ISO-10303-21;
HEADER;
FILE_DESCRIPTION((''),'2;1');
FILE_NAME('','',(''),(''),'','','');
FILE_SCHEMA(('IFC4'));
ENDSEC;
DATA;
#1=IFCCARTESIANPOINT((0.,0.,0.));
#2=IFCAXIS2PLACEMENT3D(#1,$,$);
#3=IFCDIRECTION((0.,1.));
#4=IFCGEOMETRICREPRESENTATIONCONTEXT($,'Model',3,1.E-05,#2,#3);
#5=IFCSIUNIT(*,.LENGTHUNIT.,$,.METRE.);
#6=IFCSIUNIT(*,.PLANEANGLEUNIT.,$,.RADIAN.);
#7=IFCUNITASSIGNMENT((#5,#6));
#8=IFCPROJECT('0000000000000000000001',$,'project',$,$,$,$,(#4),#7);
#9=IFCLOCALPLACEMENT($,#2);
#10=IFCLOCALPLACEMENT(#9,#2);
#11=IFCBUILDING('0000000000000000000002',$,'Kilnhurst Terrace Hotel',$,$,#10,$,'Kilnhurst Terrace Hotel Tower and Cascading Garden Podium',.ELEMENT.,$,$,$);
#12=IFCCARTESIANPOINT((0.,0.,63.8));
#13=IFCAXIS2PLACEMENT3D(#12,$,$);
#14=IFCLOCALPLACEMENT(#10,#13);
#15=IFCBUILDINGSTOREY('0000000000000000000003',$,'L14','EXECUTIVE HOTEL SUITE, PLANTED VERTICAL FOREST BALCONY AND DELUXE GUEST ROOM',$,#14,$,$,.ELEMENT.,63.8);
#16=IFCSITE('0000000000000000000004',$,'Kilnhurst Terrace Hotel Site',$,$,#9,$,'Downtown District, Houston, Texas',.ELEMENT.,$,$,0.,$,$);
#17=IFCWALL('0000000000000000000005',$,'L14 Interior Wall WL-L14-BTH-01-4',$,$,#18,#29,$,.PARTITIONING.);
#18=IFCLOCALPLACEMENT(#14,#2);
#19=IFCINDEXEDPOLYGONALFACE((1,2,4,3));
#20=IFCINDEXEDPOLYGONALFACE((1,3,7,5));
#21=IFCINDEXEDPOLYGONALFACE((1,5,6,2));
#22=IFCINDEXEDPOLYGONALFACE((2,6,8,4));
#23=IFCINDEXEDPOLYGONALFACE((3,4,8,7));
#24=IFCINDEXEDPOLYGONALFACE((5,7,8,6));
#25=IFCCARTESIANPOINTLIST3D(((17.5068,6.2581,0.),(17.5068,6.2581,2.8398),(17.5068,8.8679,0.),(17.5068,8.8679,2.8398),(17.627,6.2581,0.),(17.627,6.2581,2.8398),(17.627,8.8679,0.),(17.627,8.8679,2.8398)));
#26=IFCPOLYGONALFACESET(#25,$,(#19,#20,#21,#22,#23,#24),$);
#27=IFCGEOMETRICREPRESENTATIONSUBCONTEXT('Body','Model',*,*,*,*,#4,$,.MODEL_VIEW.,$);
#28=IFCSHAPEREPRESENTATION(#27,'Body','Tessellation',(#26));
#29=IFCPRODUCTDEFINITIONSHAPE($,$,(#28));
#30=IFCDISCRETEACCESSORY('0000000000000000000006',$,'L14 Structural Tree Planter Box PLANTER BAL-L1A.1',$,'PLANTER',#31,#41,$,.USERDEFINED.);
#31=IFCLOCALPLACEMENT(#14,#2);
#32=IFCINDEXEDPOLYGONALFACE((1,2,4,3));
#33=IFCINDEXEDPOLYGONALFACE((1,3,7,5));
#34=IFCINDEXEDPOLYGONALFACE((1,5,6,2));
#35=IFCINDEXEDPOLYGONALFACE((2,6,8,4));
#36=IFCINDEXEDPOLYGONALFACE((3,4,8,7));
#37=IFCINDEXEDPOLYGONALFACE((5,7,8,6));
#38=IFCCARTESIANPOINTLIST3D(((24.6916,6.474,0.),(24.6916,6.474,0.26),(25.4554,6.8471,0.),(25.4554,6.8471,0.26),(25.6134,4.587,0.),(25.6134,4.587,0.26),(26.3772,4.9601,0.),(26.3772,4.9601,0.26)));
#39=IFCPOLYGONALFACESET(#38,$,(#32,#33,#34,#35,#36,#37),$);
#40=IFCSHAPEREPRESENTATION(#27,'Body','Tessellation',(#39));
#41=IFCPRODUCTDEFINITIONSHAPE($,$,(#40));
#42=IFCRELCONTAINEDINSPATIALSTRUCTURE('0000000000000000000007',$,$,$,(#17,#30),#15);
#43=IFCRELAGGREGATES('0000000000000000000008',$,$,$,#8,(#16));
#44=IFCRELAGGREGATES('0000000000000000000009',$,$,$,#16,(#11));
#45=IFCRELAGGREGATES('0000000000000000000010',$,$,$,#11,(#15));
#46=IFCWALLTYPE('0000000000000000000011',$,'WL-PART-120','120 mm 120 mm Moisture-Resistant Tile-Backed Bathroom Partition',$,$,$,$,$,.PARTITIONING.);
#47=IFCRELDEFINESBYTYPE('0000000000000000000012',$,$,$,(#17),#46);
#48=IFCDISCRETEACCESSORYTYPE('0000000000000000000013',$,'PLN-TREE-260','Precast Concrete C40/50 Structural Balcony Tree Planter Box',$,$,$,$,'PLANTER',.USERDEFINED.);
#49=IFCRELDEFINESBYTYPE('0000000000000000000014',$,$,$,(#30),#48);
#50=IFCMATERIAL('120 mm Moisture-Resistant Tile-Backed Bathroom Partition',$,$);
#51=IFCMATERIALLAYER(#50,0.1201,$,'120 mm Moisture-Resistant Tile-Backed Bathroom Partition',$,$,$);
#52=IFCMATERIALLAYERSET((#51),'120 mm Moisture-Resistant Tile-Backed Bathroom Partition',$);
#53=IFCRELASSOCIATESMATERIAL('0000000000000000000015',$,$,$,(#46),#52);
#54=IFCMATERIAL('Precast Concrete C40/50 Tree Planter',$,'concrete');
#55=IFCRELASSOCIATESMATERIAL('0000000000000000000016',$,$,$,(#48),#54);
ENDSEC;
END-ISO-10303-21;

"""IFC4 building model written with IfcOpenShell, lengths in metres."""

from ifc_helpers import new_model, si_unit, direction, frame, frame_2d, origin, origin_2d, place, context, subcontext, project, spatial, rectangle, extrude, material, layer, layer_set, type_object, element, save


model = new_model("IFC4")

# Units and contexts
model_context = context("Model", 3, precision=1e-05, world=origin(), true_north=direction((0.0, 1.0)))
body_context = subcontext(model_context, "Body", "Model", "MODEL_VIEW")
ifc_project = project(units=[si_unit("LENGTHUNIT", "METRE"), si_unit("PLANEANGLEUNIT", "RADIAN")], contexts=[model_context])

# Site, building, storey
site_placement = place(None, origin())
site = spatial("IfcSite", under=ifc_project, at=site_placement, Name="Kilnhurst Terrace Hotel Site", LongName="Downtown District, Houston, Texas", CompositionType="ELEMENT", RefElevation=0.0)
building_placement = place(site_placement, origin())
building = spatial("IfcBuilding", under=site, at=building_placement, Name="Kilnhurst Terrace Hotel", LongName="Kilnhurst Terrace Hotel Tower and Cascading Garden Podium", CompositionType="ELEMENT")
storey_placement = place(building_placement, frame((0.0, 0.0, 63.8)))
storey = spatial("IfcBuildingStorey", under=building, at=storey_placement, Name="L14", Description="EXECUTIVE HOTEL SUITE, PLANTED VERTICAL FOREST BALCONY AND DELUXE GUEST ROOM", CompositionType="ELEMENT", Elevation=63.8)

# Shared definitions
ifc_material_1 = material(Name="120 mm Moisture-Resistant Tile-Backed Bathroom Partition")
ifc_layer_1 = layer(ifc_material_1, 0.1201, Name="120 mm Moisture-Resistant Tile-Backed Bathroom Partition")
ifc_layer_set_1 = layer_set([ifc_layer_1], Name="120 mm Moisture-Resistant Tile-Backed Bathroom Partition")
wall_type_1 = type_object("IfcWallType", Name="WL-PART-120", Description="120 mm 120 mm Moisture-Resistant Tile-Backed Bathroom Partition", PredefinedType="PARTITIONING", material=ifc_layer_set_1)

# Wall
wall_1_placement = place(storey_placement, frame((17.5669, 8.8679, 0.0), z_axis=(0.0, 0.0, 1.0), x_axis=(0.0, -1.0, 0.0)))
element("IfcWall", 1, at=wall_1_placement, inside=storey, type_object=wall_type_1, Name="L14 Interior Wall WL-L14-BTH-01-4", PredefinedType="PARTITIONING", context=body_context, shape_type="SweptSolid", body=[
    extrude(rectangle(XDim=2.6099, YDim=0.1201, at=frame_2d((1.3049, 0.0))), origin(), (0.0, 0.0, 1.0), 2.8398),
])

# Discrete accessory
ifc_material_2 = material(Name="Precast Concrete C40/50 Tree Planter", Category="concrete")
discrete_accessory_type = type_object("IfcDiscreteAccessoryType", Name="PLN-TREE-260", Description="Precast Concrete C40/50 Structural Balcony Tree Planter Box", ElementType="PLANTER", PredefinedType="USERDEFINED", material=ifc_material_2)
discrete_accessory_placement = place(storey_placement, frame((25.5344, 5.717, 0.0), z_axis=(0.0, 0.0, 1.0), x_axis=(-0.438936, 0.898518, 0.0)))
element("IfcDiscreteAccessory", 2, at=discrete_accessory_placement, inside=storey, type_object=discrete_accessory_type, Name="L14 Structural Tree Planter Box PLANTER BAL-L1A.1", ObjectType="PLANTER", PredefinedType="USERDEFINED", context=body_context, shape_type="SweptSolid", body=[
    extrude(rectangle(XDim=2.1001, YDim=0.8501, at=origin_2d()), origin(), (0.0, 0.0, 1.0), 0.26),
])

save(model, "model.ifc")
